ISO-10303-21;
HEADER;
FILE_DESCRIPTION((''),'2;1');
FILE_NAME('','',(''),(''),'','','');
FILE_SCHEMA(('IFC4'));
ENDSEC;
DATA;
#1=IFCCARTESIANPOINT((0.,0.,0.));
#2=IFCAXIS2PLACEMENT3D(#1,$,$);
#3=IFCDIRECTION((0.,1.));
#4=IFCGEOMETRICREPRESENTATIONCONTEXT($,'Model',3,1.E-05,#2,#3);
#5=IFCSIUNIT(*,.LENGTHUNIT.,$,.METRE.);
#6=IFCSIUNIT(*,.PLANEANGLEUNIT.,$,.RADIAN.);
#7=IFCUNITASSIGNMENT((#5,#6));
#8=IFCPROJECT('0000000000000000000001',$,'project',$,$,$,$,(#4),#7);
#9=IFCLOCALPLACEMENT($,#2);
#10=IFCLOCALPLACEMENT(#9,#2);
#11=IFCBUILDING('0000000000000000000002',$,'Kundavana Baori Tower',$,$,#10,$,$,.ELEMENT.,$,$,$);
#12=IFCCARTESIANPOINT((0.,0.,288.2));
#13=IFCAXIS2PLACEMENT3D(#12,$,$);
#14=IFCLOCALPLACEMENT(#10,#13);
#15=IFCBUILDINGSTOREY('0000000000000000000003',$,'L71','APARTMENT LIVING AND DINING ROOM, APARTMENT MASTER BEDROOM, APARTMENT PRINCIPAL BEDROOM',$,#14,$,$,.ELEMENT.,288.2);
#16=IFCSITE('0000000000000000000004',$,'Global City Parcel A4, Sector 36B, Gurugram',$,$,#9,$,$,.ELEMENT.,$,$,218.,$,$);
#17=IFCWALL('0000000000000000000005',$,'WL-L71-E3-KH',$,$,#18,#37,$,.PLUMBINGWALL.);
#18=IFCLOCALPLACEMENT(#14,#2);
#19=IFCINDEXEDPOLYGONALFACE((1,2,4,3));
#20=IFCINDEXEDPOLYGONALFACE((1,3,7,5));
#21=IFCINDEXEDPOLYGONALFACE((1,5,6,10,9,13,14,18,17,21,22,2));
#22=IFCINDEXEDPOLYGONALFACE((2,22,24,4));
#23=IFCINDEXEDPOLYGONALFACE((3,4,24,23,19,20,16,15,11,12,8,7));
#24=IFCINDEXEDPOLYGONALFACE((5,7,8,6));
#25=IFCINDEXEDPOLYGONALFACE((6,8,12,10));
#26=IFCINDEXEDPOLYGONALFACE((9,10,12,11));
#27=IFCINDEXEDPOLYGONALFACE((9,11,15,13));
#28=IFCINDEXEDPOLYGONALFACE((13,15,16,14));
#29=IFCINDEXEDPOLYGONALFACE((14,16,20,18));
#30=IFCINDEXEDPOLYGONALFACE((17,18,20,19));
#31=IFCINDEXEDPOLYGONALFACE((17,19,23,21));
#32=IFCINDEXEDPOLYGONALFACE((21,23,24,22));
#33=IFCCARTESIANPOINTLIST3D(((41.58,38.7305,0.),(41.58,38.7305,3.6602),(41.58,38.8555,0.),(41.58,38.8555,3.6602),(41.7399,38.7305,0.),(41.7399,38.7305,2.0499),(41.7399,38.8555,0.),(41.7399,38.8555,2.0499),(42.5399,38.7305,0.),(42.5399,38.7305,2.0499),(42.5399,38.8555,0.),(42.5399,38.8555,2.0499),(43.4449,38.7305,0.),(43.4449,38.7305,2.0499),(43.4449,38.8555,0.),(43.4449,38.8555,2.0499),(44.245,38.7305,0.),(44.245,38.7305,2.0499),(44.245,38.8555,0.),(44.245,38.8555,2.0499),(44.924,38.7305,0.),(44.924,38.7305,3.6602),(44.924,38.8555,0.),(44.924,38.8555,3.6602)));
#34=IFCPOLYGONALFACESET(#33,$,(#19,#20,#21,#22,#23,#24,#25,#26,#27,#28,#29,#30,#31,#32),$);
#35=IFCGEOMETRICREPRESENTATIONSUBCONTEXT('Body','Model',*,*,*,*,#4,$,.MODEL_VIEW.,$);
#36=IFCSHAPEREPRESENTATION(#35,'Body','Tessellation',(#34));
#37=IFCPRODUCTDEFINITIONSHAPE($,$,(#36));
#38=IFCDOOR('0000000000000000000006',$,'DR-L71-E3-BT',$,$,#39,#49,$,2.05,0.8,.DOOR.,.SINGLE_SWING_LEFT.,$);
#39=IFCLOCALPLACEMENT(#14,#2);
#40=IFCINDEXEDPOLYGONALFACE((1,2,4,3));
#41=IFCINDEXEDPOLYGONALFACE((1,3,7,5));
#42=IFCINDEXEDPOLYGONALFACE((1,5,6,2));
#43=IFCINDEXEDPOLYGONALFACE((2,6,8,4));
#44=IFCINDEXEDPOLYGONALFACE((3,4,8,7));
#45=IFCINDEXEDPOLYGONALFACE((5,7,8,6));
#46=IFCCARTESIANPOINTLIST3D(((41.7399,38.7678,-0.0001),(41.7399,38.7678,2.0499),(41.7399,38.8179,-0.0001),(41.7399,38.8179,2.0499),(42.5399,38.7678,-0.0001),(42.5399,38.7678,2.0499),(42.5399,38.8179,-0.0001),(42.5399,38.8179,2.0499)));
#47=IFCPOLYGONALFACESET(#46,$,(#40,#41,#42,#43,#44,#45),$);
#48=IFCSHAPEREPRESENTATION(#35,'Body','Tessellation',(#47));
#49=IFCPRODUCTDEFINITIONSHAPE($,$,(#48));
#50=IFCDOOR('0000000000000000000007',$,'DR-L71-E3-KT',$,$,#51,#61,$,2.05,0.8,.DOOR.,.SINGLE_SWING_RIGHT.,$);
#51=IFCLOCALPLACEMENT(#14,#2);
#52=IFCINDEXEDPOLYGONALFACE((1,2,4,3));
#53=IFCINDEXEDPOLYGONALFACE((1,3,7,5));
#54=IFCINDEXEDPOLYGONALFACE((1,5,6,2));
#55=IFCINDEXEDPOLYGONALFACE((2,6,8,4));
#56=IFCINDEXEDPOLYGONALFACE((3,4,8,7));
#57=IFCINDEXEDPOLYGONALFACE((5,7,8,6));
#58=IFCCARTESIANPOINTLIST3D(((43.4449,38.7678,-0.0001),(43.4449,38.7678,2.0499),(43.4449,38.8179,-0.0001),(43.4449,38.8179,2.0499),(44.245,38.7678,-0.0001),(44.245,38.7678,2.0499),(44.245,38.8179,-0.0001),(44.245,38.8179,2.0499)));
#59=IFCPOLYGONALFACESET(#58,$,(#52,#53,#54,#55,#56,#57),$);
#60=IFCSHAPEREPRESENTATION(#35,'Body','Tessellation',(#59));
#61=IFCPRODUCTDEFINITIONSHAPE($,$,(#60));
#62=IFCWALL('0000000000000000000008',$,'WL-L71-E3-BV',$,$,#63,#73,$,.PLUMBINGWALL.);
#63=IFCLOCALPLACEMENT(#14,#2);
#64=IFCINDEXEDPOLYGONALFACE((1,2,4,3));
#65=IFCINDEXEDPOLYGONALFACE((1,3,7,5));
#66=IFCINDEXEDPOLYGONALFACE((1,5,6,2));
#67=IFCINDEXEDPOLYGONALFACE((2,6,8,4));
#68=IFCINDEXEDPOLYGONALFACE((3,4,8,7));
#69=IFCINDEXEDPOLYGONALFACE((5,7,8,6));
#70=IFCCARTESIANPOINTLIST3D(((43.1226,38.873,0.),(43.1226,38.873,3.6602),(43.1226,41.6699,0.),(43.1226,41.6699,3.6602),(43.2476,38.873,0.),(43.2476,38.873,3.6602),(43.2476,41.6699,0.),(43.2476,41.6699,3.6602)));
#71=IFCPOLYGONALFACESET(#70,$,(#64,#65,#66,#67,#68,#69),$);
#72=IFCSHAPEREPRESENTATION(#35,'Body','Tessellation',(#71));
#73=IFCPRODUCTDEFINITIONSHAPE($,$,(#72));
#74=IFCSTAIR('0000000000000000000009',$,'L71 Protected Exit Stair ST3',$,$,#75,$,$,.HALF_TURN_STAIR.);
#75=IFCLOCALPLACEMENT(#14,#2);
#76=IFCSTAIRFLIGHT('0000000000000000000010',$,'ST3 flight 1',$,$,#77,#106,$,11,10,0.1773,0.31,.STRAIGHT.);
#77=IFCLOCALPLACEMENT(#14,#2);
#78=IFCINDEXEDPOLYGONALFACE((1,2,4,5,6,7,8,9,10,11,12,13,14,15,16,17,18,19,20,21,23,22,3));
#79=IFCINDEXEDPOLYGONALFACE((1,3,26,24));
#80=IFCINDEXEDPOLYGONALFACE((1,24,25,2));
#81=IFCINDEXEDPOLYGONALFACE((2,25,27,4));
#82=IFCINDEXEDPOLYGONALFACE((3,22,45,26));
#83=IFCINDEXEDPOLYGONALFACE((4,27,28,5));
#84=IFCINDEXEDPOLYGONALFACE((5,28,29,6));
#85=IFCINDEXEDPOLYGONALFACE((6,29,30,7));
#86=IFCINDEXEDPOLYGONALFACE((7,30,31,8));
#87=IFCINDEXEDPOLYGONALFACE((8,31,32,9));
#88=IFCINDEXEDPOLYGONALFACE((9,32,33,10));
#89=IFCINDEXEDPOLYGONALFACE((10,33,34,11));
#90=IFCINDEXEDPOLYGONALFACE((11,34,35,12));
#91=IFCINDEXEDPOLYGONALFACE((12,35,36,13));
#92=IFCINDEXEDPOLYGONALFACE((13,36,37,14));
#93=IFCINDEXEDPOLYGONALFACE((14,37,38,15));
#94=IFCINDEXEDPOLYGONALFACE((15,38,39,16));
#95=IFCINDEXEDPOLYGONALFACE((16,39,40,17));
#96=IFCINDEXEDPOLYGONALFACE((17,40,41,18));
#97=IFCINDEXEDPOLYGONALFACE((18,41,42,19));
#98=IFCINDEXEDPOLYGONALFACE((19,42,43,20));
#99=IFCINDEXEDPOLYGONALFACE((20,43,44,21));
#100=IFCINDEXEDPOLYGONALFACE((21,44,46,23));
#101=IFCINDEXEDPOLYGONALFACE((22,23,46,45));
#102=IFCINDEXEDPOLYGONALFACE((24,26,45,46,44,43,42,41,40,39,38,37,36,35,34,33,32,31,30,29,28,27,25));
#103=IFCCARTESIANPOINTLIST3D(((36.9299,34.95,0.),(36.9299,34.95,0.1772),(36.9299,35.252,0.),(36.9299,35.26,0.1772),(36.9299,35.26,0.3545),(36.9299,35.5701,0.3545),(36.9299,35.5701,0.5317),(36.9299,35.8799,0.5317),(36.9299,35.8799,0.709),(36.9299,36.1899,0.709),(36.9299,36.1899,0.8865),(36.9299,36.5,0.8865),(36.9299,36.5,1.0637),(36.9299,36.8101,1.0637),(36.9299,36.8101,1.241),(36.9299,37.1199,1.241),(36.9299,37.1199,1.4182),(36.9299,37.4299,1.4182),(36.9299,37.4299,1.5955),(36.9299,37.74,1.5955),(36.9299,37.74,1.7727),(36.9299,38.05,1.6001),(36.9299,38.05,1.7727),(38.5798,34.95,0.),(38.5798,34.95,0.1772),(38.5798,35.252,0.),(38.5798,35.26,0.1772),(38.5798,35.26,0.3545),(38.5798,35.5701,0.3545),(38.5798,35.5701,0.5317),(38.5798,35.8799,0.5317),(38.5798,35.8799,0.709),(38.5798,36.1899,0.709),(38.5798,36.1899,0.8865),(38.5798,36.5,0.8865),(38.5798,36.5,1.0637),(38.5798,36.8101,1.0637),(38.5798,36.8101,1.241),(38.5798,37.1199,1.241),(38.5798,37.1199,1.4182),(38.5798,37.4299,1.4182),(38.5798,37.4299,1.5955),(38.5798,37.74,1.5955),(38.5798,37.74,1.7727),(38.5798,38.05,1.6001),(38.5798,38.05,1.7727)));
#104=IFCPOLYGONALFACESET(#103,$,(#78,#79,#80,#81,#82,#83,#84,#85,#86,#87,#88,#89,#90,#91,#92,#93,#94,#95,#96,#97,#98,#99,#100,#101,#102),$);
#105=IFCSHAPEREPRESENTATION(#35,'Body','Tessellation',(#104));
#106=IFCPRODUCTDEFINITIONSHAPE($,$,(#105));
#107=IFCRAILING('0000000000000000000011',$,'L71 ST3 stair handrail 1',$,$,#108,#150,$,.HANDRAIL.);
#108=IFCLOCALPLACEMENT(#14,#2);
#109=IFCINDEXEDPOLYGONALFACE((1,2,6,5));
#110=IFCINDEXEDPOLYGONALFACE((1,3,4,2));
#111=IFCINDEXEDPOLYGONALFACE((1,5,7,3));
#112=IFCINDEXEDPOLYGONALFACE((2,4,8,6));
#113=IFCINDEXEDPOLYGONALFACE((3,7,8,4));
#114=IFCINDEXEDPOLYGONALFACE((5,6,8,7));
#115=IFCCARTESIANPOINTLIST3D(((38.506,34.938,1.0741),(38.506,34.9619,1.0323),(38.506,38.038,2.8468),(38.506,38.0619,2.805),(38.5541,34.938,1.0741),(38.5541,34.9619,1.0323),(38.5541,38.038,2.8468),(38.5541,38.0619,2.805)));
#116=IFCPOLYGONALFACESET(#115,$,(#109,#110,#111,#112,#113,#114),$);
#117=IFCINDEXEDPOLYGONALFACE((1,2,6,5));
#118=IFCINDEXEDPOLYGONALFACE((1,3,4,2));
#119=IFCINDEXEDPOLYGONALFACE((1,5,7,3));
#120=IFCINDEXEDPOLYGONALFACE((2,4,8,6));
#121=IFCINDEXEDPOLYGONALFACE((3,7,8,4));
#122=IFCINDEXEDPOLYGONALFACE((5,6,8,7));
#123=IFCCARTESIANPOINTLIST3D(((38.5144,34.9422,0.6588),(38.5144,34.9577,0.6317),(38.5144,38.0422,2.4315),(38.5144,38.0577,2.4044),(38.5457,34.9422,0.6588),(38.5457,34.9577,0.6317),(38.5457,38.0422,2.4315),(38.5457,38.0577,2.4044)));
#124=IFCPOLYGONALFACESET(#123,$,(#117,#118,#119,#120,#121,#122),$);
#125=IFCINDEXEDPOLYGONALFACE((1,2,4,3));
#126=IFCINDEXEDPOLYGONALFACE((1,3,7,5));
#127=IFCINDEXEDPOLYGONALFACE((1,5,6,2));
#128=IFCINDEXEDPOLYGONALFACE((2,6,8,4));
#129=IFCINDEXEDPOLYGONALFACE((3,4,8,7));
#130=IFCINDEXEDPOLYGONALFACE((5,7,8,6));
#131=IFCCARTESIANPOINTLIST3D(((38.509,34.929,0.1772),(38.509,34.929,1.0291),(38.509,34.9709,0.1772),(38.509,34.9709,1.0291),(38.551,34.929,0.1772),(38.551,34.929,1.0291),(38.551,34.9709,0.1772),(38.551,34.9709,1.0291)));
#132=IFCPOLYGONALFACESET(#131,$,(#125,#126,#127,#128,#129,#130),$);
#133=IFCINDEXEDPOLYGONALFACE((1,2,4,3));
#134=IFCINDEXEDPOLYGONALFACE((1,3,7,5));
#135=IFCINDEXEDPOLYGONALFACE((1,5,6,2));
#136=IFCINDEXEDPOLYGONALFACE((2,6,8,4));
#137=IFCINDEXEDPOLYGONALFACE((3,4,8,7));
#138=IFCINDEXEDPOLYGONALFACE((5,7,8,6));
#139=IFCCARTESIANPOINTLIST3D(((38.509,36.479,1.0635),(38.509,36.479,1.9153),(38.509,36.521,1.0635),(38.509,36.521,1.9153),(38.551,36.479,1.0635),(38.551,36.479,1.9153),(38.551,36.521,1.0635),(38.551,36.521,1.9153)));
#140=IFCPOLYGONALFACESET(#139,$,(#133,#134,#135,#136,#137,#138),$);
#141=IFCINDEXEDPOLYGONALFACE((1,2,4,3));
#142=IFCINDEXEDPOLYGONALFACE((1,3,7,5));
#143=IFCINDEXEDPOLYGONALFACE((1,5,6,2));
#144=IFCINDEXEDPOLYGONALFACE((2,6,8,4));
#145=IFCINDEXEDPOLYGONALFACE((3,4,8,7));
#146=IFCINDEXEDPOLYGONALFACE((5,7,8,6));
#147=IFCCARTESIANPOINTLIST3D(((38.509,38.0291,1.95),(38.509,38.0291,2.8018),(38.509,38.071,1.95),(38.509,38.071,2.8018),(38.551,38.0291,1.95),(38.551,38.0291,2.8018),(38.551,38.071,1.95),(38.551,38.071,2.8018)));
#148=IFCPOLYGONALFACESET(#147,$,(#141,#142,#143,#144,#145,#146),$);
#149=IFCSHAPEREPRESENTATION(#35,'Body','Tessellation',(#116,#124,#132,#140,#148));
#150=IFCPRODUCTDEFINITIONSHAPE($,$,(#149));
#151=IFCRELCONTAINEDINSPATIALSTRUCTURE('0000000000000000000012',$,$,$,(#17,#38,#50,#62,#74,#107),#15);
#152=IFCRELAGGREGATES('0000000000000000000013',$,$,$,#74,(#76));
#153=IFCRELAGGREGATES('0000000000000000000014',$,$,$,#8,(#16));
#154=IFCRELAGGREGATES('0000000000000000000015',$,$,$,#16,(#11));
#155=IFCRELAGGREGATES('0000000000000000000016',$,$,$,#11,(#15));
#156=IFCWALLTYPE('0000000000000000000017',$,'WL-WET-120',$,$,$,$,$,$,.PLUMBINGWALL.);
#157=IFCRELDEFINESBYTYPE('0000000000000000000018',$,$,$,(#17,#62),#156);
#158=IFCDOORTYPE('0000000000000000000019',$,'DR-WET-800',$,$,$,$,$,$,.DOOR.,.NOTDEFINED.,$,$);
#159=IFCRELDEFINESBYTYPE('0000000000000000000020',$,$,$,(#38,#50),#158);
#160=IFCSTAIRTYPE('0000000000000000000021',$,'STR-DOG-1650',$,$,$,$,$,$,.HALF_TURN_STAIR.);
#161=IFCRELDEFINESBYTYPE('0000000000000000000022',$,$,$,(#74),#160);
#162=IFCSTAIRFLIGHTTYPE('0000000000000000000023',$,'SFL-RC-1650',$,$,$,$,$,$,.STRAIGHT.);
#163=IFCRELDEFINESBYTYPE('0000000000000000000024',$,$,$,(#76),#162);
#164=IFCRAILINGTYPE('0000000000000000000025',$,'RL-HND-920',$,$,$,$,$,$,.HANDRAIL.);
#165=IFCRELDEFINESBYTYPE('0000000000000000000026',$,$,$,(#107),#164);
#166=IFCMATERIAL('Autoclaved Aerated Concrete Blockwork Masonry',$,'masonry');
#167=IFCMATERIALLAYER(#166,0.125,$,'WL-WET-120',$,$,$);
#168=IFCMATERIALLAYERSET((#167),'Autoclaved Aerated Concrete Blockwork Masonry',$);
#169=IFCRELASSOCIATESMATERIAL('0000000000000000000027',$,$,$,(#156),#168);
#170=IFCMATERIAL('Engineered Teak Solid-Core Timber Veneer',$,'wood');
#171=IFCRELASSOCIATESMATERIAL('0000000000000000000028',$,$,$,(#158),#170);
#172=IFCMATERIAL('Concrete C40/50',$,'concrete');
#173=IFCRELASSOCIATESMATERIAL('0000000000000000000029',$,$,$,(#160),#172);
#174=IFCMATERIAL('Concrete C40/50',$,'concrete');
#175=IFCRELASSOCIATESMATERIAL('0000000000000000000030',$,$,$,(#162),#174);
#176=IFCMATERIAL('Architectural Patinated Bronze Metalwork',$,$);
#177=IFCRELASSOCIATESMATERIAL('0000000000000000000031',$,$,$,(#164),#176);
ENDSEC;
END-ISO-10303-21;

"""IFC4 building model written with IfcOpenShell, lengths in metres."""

from ifc_helpers import new_model, si_unit, direction, frame, frame_2d, origin, origin_2d, place, context, subcontext, project, spatial, polyline, rectangle, outline, extrude, material, layer, layer_set, type_object, element, fill, aggregate, save


model = new_model("IFC4")

# Units and contexts
model_context = context("Model", 3, precision=1e-05, world=origin(), true_north=direction((0.0, 1.0)))
body_context = subcontext(model_context, "Body", "Model", "MODEL_VIEW")
ifc_project = project(units=[si_unit("LENGTHUNIT", "METRE"), si_unit("PLANEANGLEUNIT", "RADIAN")], contexts=[model_context])

# Site, building, storey
site_placement = place(None, origin())
site = spatial("IfcSite", under=ifc_project, at=site_placement, Name="Global City Parcel A4, Sector 36B, Gurugram", CompositionType="ELEMENT", RefElevation=218.0)
building_placement = place(site_placement, origin())
building = spatial("IfcBuilding", under=site, at=building_placement, Name="Kundavana Baori Tower", CompositionType="ELEMENT")
storey_placement = place(building_placement, frame((0.0, 0.0, 288.2)))
storey = spatial("IfcBuildingStorey", under=building, at=storey_placement, Name="L71", Description="APARTMENT LIVING AND DINING ROOM, APARTMENT MASTER BEDROOM, APARTMENT PRINCIPAL BEDROOM", CompositionType="ELEMENT", Elevation=288.2)

# Wall, openings, doors
ifc_material_1 = material(Name="Autoclaved Aerated Concrete Blockwork Masonry", Category="masonry")
ifc_layer_1 = layer(ifc_material_1, 0.125, Name="WL-WET-120")
ifc_layer_set_1 = layer_set([ifc_layer_1], Name="Autoclaved Aerated Concrete Blockwork Masonry")
wall_type_1 = type_object("IfcWallType", Name="WL-WET-120", PredefinedType="PLUMBINGWALL", material=ifc_layer_set_1)
wall_1_placement = place(storey_placement, frame((41.5801, 38.793, 0.0), z_axis=(0.0, 0.0, 1.0), x_axis=(1.0, 0.0, 0.0)))
wall_1 = element("IfcWall", 1, at=wall_1_placement, inside=storey, type_object=wall_type_1, Name="WL-L71-E3-KH", PredefinedType="PLUMBINGWALL", context=body_context, shape_type="SweptSolid", body=[
    extrude(rectangle(XDim=3.344, YDim=0.125, at=frame_2d((1.6719, 0.0))), origin(), (0.0, 0.0, 1.0), 3.6602),
])
opening_1_placement = place(wall_1_placement, frame((0.1599, 0.0, 0.0)))
opening_1 = element("IfcOpeningElement", 2, at=opening_1_placement, cuts=wall_1, PredefinedType="OPENING", context=body_context, shape_type="SweptSolid", body=[
    extrude(rectangle(XDim=0.8, YDim=2.05, at=frame_2d((0.3999, 1.0249))), frame((0.0, 0.0725, 0.0), z_axis=(0.0, -1.0, 0.0), x_axis=(1.0, 0.0, 0.0)), (0.0, 0.0, 1.0), 0.145),
])
opening_2_placement = place(wall_1_placement, frame((1.865, 0.0, 0.0)))
opening_2 = element("IfcOpeningElement", 3, at=opening_2_placement, cuts=wall_1, PredefinedType="OPENING", context=body_context, shape_type="SweptSolid", body=[
    extrude(rectangle(XDim=0.8, YDim=2.05, at=frame_2d((0.3999, 1.0249))), frame((0.0, 0.0725, 0.0), z_axis=(0.0, -1.0, 0.0), x_axis=(1.0, 0.0, 0.0)), (0.0, 0.0, 1.0), 0.145),
])
ifc_material_2 = material(Name="Engineered Teak Solid-Core Timber Veneer", Category="wood")
door_type_1 = type_object("IfcDoorType", Name="DR-WET-800", OperationType="NOTDEFINED", PredefinedType="DOOR", material=ifc_material_2)
door_1_placement = place(opening_1_placement, origin())
door_1 = element("IfcDoor", 4, at=door_1_placement, inside=storey, type_object=door_type_1, Name="DR-L71-E3-BT", OperationType="SINGLE_SWING_LEFT", OverallHeight=2.05, OverallWidth=0.8, PredefinedType="DOOR", context=body_context, shape_type="SweptSolid", body=[
    extrude(rectangle(XDim=0.8, YDim=2.05, at=frame_2d((0.3999, 1.0249))), frame((0.0, 0.0249, 0.0), z_axis=(0.0, -1.0, 0.0), x_axis=(1.0, 0.0, 0.0)), (0.0, 0.0, 1.0), 0.05),
])
fill(opening_1, door_1)
door_2_placement = place(opening_2_placement, origin())
door_2 = element("IfcDoor", 5, at=door_2_placement, inside=storey, type_object=door_type_1, Name="DR-L71-E3-KT", OperationType="SINGLE_SWING_RIGHT", OverallHeight=2.05, OverallWidth=0.8, PredefinedType="DOOR", context=body_context, shape_type="SweptSolid", body=[
    extrude(rectangle(XDim=0.8, YDim=2.05, at=frame_2d((0.3999, 1.0249))), frame((0.0, 0.0249, 0.0), z_axis=(0.0, -1.0, 0.0), x_axis=(1.0, 0.0, 0.0)), (0.0, 0.0, 1.0), 0.05),
])
fill(opening_2, door_2)

# Wall
wall_2_placement = place(storey_placement, frame((43.1851, 38.873, 0.0), z_axis=(0.0, 0.0, 1.0), x_axis=(0.0, 1.0, 0.0)))
element("IfcWall", 6, at=wall_2_placement, inside=storey, type_object=wall_type_1, Name="WL-L71-E3-BV", PredefinedType="PLUMBINGWALL", context=body_context, shape_type="SweptSolid", body=[
    extrude(rectangle(XDim=2.7969, YDim=0.125, at=frame_2d((1.3984, 0.0))), origin(), (0.0, 0.0, 1.0), 3.6602),
])

# Stair, stair flight
ifc_material_3 = material(Name="Concrete C40/50", Category="concrete")
stair_type = type_object("IfcStairType", Name="STR-DOG-1650", PredefinedType="HALF_TURN_STAIR", material=ifc_material_3)
stair_placement = place(storey_placement, origin())
stair = element("IfcStair", 7, at=stair_placement, inside=storey, type_object=stair_type, Name="L71 Protected Exit Stair ST3", PredefinedType="HALF_TURN_STAIR")
ifc_material_4 = material(Name="Concrete C40/50", Category="concrete")
stair_flight_type = type_object("IfcStairFlightType", Name="SFL-RC-1650", PredefinedType="STRAIGHT", material=ifc_material_4)
stair_flight_placement = place(storey_placement, frame((37.7549, 34.95, 0.0), z_axis=(0.0, 0.0, 1.0), x_axis=(0.0, 1.0, 0.0)))
stair_flight = element("IfcStairFlight", 8, at=stair_flight_placement, type_object=stair_flight_type, Name="ST3 flight 1", NumberOfRisers=11, NumberOfTreads=10, PredefinedType="STRAIGHT", RiserHeight=0.1773, TreadLength=0.31, context=body_context, shape_type="SweptSolid", body=[
    extrude(outline(polyline([(0.0, 0.0), (0.0, 0.1772), (0.3101, 0.1772), (0.3101, 0.3545), (0.6201, 0.3545), (0.6201, 0.5317), (0.9299, 0.5317), (0.9299, 0.709), (1.24, 0.709), (1.24, 0.8865), (1.55, 0.8865), (1.55, 1.0637), (1.8601, 1.0637), (1.8601, 1.241), (2.1699, 1.241), (2.1699, 1.4182), (2.48, 1.4182), (2.48, 1.5955), (2.79, 1.5955), (2.79, 1.7727), (3.1001, 1.7727), (3.1001, 1.95), (3.1001, 1.6001), (0.302, 0.0), (0.0, 0.0)])), frame((0.0, 0.825, 0.0), z_axis=(0.0, -1.0, 0.0), x_axis=(1.0, 0.0, 0.0)), (0.0, 0.0, 1.0), 1.6499),
])
aggregate(stair, [stair_flight])

# Railing
ifc_material_5 = material(Name="Architectural Patinated Bronze Metalwork")
railing_type_1 = type_object("IfcRailingType", Name="RL-HND-920", PredefinedType="HANDRAIL", material=ifc_material_5)
railing_1_placement = place(storey_placement, frame((38.53, 34.95, 0.1772)))
element("IfcRailing", 9, at=railing_1_placement, inside=storey, type_object=railing_type_1, Name="L71 ST3 stair handrail 1", PredefinedType="HANDRAIL", context=body_context, shape_type="SweptSolid", body=[
    extrude(rectangle(XDim=0.0481, YDim=0.0481, at=origin_2d()), frame((0.0, 0.0, 0.876), z_axis=(0.0, 0.868096, 0.496397), x_axis=(-1.0, 0.0, 0.0)), (0.0, 0.0, 1.0), 3.571),
    extrude(rectangle(XDim=0.0312, YDim=0.0312, at=origin_2d()), frame((0.0, 0.0, 0.468), z_axis=(0.0, 0.868096, 0.496397), x_axis=(-1.0, 0.0, 0.0)), (0.0, 0.0, 1.0), 3.571),
    extrude(rectangle(XDim=0.042, YDim=0.042, at=origin_2d()), origin(), (0.0, 0.0, 1.0), 0.8518),
    extrude(rectangle(XDim=0.042, YDim=0.042, at=origin_2d()), frame((0.0, 1.55, 0.8862)), (0.0, 0.0, 1.0), 0.8518),
    extrude(rectangle(XDim=0.042, YDim=0.042, at=origin_2d()), frame((0.0, 3.1001, 1.7727)), (0.0, 0.0, 1.0), 0.8518),
])

save(model, "model.ifc")
